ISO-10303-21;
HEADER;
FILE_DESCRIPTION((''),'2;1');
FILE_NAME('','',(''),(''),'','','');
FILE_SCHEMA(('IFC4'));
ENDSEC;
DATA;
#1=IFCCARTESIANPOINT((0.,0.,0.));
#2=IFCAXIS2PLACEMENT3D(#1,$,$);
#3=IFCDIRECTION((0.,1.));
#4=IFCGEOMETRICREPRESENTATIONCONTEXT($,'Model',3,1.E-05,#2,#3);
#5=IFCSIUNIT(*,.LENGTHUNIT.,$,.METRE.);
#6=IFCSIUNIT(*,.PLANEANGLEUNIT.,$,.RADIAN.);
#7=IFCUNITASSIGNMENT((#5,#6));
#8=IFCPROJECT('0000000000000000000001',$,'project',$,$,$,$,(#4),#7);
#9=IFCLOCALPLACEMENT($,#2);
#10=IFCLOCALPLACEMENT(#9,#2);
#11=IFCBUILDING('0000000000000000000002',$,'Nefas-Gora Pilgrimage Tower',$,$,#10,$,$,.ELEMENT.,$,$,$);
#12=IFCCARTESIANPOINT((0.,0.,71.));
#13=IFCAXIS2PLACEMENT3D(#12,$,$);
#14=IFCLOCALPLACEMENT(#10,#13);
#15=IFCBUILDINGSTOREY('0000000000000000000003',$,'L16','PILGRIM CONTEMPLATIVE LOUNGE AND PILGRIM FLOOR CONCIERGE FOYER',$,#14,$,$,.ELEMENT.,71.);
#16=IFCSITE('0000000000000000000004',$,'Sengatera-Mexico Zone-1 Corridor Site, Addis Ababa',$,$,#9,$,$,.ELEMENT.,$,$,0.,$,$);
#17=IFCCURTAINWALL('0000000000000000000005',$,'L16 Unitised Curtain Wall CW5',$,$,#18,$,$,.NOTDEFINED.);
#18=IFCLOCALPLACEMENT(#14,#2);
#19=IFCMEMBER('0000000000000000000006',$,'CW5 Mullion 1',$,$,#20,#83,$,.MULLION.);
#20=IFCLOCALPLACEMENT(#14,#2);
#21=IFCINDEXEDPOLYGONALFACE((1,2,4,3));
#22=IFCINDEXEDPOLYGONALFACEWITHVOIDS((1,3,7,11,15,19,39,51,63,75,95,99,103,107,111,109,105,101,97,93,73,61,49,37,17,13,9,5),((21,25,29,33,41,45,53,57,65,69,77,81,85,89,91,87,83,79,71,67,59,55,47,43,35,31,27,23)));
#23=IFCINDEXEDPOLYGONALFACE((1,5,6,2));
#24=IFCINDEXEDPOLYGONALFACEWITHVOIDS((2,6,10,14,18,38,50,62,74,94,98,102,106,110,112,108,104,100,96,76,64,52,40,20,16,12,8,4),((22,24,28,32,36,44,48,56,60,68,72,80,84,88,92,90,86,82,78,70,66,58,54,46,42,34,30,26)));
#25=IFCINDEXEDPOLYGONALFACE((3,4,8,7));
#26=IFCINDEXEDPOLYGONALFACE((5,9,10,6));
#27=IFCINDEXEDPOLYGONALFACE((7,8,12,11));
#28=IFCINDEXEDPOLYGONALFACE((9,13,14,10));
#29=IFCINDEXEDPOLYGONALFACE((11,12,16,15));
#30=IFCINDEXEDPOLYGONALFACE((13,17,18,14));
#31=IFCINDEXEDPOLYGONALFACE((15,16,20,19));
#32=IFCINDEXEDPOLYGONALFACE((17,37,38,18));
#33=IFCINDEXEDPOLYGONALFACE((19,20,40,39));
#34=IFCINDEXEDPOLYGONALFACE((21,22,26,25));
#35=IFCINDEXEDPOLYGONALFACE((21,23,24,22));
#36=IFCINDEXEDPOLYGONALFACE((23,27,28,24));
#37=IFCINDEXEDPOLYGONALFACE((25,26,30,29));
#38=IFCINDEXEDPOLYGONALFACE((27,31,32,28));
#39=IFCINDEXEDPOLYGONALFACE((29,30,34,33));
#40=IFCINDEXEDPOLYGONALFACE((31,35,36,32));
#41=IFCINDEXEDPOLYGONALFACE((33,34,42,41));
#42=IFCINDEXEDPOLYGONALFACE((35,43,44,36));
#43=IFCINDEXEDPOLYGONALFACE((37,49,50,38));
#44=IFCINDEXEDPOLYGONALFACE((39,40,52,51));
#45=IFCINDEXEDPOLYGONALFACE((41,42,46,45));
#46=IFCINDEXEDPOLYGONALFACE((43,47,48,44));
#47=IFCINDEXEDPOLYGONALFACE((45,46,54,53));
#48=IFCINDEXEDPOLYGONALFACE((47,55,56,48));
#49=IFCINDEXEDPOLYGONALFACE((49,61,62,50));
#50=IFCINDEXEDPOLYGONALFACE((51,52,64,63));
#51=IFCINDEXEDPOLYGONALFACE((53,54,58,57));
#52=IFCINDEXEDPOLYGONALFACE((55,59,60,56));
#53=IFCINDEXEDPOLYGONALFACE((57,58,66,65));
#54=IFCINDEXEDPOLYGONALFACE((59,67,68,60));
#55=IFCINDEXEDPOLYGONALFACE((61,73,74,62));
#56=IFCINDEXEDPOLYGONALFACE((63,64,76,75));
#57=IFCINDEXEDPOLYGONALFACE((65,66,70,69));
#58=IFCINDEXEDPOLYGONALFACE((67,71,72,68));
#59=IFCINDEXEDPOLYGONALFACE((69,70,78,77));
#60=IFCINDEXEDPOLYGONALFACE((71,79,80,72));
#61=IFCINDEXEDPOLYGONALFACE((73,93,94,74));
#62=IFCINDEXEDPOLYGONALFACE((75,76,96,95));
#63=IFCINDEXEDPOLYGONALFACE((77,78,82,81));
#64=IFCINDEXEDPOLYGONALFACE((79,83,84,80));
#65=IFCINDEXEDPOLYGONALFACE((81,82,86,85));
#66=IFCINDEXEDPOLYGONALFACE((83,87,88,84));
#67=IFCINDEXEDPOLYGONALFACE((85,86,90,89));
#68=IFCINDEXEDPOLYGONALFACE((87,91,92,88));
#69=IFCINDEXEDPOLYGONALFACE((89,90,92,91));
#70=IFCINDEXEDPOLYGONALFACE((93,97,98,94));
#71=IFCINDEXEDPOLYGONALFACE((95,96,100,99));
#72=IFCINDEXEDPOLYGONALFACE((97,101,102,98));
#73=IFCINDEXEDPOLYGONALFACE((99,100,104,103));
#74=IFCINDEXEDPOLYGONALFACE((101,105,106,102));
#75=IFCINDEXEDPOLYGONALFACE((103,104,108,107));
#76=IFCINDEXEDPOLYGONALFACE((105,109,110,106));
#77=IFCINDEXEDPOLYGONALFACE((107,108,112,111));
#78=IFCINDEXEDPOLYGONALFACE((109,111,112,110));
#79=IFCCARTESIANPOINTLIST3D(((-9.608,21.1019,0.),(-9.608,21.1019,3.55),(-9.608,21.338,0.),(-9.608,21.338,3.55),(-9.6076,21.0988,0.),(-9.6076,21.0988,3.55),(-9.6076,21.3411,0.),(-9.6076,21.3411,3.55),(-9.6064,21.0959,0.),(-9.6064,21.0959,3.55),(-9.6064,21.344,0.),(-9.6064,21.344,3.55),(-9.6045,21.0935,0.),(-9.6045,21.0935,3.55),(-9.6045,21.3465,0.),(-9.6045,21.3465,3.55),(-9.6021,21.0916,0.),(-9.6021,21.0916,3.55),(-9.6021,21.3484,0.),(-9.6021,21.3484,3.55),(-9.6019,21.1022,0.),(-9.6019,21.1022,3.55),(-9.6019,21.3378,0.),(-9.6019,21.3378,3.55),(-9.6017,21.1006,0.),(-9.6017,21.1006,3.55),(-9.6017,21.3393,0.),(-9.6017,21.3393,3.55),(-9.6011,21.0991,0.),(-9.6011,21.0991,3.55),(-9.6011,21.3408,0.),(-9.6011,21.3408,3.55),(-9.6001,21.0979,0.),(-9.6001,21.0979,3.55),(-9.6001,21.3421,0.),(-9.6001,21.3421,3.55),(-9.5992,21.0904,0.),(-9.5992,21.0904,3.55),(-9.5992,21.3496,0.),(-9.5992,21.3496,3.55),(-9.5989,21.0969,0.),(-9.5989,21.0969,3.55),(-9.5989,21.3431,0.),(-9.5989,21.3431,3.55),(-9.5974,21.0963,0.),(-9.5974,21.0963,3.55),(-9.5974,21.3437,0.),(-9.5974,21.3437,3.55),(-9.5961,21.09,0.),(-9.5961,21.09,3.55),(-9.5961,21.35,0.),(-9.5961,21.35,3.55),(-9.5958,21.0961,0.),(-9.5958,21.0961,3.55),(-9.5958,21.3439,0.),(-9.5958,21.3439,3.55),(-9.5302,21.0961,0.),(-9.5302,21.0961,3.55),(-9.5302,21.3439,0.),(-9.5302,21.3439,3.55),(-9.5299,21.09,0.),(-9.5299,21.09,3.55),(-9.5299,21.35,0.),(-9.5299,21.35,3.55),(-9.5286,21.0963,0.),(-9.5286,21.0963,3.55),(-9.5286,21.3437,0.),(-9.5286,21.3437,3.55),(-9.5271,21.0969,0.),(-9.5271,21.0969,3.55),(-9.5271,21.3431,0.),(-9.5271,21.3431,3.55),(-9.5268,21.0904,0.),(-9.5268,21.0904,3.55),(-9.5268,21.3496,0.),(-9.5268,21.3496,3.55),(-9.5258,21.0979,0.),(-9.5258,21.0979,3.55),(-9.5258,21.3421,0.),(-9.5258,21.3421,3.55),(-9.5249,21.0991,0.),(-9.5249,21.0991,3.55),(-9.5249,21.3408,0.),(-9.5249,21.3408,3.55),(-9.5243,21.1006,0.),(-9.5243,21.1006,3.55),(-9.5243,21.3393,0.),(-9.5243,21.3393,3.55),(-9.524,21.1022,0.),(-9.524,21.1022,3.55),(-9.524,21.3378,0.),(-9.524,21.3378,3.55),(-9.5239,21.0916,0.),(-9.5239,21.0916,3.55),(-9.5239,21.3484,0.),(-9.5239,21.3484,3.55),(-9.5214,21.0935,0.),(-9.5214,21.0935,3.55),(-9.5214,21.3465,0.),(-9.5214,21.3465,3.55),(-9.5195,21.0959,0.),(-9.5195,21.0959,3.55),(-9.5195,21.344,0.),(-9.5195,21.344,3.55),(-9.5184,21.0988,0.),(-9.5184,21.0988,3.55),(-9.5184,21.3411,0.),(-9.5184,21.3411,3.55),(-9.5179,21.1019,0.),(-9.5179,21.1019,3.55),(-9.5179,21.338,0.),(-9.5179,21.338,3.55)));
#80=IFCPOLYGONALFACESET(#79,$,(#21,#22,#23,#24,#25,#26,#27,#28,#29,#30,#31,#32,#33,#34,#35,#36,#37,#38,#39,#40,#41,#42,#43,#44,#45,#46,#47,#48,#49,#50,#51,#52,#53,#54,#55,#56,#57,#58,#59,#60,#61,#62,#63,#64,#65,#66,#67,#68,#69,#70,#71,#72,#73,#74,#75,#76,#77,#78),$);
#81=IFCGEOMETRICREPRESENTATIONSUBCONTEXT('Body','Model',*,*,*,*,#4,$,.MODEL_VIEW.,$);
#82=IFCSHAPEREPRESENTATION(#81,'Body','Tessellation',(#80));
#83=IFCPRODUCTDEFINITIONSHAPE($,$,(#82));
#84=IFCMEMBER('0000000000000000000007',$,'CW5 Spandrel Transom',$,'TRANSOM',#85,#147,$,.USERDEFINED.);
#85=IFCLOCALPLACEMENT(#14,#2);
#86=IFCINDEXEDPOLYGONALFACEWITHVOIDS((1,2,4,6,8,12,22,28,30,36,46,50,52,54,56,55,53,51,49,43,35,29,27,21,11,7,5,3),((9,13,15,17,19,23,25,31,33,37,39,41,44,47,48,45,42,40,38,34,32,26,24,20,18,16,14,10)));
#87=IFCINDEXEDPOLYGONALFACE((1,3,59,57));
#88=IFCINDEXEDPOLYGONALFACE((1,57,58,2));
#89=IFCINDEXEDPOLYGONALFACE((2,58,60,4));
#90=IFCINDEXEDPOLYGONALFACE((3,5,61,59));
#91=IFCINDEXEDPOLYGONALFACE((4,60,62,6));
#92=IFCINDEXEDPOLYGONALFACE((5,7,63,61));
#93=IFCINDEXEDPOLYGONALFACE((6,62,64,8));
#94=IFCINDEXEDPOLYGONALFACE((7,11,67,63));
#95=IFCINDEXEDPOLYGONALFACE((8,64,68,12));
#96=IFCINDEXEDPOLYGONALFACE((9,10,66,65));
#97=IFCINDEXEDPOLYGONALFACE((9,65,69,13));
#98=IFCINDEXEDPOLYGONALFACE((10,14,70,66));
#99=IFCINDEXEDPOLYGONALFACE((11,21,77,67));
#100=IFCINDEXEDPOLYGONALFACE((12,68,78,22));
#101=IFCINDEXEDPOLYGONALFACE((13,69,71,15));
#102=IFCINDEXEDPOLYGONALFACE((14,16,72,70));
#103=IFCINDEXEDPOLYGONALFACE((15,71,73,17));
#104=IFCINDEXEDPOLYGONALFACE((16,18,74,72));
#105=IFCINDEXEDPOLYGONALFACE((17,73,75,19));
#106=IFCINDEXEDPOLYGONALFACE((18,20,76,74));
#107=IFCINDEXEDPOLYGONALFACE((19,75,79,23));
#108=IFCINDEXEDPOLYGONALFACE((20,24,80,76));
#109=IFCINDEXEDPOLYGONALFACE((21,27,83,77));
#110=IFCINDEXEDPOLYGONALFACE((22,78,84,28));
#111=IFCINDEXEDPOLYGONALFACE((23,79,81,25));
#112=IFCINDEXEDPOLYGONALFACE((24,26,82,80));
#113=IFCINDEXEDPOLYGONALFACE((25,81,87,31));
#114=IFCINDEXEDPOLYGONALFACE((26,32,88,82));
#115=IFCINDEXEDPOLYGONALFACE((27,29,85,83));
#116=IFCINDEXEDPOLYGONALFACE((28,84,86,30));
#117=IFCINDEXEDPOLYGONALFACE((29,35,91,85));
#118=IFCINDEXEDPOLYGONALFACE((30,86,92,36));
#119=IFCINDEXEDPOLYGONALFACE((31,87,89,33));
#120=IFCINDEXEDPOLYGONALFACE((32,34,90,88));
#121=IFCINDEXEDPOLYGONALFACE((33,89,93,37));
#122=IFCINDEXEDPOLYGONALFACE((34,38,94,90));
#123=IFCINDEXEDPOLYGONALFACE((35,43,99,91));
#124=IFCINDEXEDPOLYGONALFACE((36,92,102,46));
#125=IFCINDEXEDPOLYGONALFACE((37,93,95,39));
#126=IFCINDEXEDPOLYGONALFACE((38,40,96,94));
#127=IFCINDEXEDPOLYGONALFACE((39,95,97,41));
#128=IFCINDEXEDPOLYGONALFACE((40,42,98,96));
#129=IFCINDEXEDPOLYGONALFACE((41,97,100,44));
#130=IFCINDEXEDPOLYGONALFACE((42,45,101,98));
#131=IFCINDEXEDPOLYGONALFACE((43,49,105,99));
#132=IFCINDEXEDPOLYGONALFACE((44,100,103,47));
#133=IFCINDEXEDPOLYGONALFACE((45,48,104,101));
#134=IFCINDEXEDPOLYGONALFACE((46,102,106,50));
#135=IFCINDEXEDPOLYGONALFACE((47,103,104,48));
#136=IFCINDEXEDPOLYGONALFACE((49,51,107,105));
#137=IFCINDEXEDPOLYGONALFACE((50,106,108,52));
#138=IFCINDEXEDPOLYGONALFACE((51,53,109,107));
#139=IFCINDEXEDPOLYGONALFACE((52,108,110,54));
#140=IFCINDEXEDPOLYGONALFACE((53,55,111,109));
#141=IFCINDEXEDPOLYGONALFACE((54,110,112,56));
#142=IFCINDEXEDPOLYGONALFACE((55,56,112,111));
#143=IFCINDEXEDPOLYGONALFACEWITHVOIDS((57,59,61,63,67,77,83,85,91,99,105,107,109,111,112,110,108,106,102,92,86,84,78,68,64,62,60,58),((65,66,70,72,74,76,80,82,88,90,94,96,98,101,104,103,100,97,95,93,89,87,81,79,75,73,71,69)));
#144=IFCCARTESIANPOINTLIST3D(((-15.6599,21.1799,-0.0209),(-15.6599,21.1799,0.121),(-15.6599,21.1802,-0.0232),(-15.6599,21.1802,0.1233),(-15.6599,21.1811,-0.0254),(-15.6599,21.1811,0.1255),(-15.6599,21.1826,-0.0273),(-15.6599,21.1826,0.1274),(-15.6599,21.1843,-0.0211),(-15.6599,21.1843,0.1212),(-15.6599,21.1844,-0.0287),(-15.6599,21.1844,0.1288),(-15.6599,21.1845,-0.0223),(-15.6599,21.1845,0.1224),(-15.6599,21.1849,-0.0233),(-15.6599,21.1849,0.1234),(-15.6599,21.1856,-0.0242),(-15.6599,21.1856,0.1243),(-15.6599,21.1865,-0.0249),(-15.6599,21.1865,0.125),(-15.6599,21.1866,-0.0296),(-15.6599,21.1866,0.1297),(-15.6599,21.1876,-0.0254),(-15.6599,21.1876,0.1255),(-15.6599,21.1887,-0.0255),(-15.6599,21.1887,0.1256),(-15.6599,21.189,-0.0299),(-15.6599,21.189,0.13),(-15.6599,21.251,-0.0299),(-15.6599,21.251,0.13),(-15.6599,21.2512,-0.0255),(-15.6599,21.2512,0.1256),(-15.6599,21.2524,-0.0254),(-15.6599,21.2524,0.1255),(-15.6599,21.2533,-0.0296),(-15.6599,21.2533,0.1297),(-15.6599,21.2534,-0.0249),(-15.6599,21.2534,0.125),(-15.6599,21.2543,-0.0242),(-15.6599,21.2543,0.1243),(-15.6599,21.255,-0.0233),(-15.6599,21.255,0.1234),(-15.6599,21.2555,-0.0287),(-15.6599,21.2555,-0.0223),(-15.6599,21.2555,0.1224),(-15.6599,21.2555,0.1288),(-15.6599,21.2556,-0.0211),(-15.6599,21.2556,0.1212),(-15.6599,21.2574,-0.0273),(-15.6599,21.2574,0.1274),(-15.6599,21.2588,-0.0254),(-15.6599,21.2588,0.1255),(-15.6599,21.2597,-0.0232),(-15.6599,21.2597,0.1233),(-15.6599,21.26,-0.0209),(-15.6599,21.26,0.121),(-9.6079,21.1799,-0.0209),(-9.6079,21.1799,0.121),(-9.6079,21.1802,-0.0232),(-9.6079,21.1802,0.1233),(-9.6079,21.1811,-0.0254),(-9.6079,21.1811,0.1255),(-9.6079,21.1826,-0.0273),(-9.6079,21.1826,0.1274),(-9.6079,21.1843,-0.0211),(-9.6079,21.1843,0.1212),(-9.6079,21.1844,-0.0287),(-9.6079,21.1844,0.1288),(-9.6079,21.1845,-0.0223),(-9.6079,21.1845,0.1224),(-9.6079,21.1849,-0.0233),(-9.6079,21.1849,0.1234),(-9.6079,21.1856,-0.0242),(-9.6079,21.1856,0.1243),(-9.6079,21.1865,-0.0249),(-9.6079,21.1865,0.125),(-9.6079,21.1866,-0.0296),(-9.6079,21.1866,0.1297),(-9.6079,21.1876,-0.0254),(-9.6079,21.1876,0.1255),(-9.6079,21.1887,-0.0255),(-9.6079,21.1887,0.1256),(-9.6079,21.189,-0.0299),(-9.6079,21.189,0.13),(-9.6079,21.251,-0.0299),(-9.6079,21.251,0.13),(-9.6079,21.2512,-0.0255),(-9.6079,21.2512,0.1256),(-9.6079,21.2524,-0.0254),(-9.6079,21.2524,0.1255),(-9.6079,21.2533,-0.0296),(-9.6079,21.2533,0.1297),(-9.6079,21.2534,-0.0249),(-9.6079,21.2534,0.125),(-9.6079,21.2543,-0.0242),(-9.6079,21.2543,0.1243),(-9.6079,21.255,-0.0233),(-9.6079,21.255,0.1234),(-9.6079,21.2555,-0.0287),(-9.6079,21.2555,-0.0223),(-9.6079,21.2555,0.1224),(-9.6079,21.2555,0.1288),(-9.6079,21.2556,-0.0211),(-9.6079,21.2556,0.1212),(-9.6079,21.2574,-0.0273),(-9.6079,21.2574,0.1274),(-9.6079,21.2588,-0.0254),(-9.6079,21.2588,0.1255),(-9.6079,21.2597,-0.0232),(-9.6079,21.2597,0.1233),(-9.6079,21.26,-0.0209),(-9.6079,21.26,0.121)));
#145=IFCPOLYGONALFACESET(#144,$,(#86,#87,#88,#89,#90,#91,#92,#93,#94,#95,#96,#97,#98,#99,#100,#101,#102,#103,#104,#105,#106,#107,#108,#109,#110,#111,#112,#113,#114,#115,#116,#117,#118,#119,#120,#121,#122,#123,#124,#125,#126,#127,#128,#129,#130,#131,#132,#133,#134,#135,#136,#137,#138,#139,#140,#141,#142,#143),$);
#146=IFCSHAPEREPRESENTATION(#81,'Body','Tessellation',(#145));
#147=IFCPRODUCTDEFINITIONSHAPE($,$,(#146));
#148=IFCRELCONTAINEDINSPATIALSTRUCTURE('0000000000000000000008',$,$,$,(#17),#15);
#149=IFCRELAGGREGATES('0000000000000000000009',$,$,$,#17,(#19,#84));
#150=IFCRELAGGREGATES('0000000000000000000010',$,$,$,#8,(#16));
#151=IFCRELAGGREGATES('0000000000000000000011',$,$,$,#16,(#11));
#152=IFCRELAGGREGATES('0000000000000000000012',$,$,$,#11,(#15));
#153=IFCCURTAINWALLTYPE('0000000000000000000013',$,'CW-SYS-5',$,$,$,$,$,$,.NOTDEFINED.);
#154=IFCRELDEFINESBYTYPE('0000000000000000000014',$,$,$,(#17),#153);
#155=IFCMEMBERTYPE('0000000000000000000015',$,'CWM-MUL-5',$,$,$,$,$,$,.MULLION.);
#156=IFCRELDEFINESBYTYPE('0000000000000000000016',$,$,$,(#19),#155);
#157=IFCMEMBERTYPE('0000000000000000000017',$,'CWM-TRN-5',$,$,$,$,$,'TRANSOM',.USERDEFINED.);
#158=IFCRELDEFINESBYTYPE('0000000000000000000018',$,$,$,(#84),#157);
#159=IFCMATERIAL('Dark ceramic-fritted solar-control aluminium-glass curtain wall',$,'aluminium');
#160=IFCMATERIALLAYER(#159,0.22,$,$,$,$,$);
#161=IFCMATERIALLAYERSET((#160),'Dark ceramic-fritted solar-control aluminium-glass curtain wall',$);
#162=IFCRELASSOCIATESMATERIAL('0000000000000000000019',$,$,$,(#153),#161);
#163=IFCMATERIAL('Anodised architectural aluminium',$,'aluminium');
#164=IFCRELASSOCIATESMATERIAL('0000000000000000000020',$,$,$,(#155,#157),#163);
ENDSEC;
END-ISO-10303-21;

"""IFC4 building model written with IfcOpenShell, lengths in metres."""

from ifc_helpers import new_model, si_unit, direction, frame, origin, origin_2d, place, context, subcontext, project, spatial, hollow_rectangle, extrude, source, transform, mapped, material, layer, layer_set, material_profile, profile_set, type_object, element, aggregate, save


model = new_model("IFC4")

# Units and contexts
model_context = context("Model", 3, precision=1e-05, world=origin(), true_north=direction((0.0, 1.0)))
body_context = subcontext(model_context, "Body", "Model", "MODEL_VIEW")
ifc_project = project(units=[si_unit("LENGTHUNIT", "METRE"), si_unit("PLANEANGLEUNIT", "RADIAN")], contexts=[model_context])

# Site, building, storey
site_placement = place(None, origin())
site = spatial("IfcSite", under=ifc_project, at=site_placement, Name="Sengatera-Mexico Zone-1 Corridor Site, Addis Ababa", CompositionType="ELEMENT", RefElevation=0.0)
building_placement = place(site_placement, origin())
building = spatial("IfcBuilding", under=site, at=building_placement, Name="Nefas-Gora Pilgrimage Tower", CompositionType="ELEMENT")
storey_placement = place(building_placement, frame((0.0, 0.0, 71.0)))
storey = spatial("IfcBuildingStorey", under=building, at=storey_placement, Name="L16", Description="PILGRIM CONTEMPLATIVE LOUNGE AND PILGRIM FLOOR CONCIERGE FOYER", CompositionType="ELEMENT", Elevation=71.0)

# Shared definitions
ifc_material_1 = material(Name="Dark ceramic-fritted solar-control aluminium-glass curtain wall", Category="aluminium")
ifc_layer_1 = layer(ifc_material_1, 0.22)
ifc_layer_set_1 = layer_set([ifc_layer_1], Name="Dark ceramic-fritted solar-control aluminium-glass curtain wall")
curtain_wall_type = type_object("IfcCurtainWallType", Name="CW-SYS-5", PredefinedType="NOTDEFINED", material=ifc_layer_set_1)
ifc_material_2 = material(Name="Anodised architectural aluminium", Category="aluminium")
ifc_material_profile_1 = material_profile(ifc_material_2, hollow_rectangle(XDim=0.0901, YDim=0.26, WallThickness=0.0061, InnerFilletRadius=0.0061, OuterFilletRadius=0.012, at=origin_2d()), Name="ALU MULLION 90x260")
ifc_profile_set_1 = profile_set([ifc_material_profile_1], Name="Anodised architectural aluminium")
member_type_1 = type_object("IfcMemberType", Name="CWM-MUL-5", PredefinedType="MULLION", material=ifc_profile_set_1)
shared_shape_1 = source(origin(), body_context, "Body", "SweptSolid", [
    extrude(hollow_rectangle(XDim=0.0901, YDim=0.26, WallThickness=0.0061, InnerFilletRadius=0.0061, OuterFilletRadius=0.012, at=origin_2d()), origin(), (0.0, 0.0, 1.0), 3.55),
])

# Curtain wall, members
curtain_wall_1_placement = place(storey_placement, origin())
curtain_wall_1 = element("IfcCurtainWall", 1, at=curtain_wall_1_placement, inside=storey, type_object=curtain_wall_type, Name="L16 Unitised Curtain Wall CW5", PredefinedType="NOTDEFINED")
member_1_placement = place(storey_placement, frame((-9.563, 21.22, 0.0), z_axis=(0.0, 0.0, 1.0), x_axis=(-1.0, 0.0, 0.0)))
member_1 = element("IfcMember", 2, at=member_1_placement, type_object=member_type_1, Name="CW5 Mullion 1", PredefinedType="MULLION", context=body_context, shape_type="MappedRepresentation", body=[
    mapped(shared_shape_1, transform((0.0, 0.0, 0.0), x_axis=(1.0, 0.0, 0.0), y_axis=(0.0, 1.0, 0.0), z_axis=(0.0, 0.0, 1.0), scale=1.0)),
])
ifc_material_profile_2 = material_profile(ifc_material_2, hollow_rectangle(XDim=0.0801, YDim=0.1599, WallThickness=0.0044, InnerFilletRadius=0.0044, OuterFilletRadius=0.009, at=origin_2d()), Name="ALU TRANSOM 80x160")
ifc_profile_set_2 = profile_set([ifc_material_profile_2], Name="Anodised architectural aluminium")
member_type_2 = type_object("IfcMemberType", Name="CWM-TRN-5", ElementType="TRANSOM", PredefinedType="USERDEFINED", material=ifc_profile_set_2)
shared_shape_2 = source(origin(), body_context, "Body", "SweptSolid", [
    extrude(hollow_rectangle(XDim=0.0801, YDim=0.1599, WallThickness=0.0044, InnerFilletRadius=0.0044, OuterFilletRadius=0.009, at=origin_2d()), origin(), (0.0, 0.0, 1.0), 6.052),
])
member_2_placement = place(storey_placement, frame((-9.6079, 21.22, 0.05), z_axis=(-1.0, 0.0, 0.0), x_axis=(0.0, -1.0, 0.0)))
member_2 = element("IfcMember", 3, at=member_2_placement, type_object=member_type_2, Name="CW5 Spandrel Transom", ObjectType="TRANSOM", PredefinedType="USERDEFINED", context=body_context, shape_type="MappedRepresentation", body=[
    mapped(shared_shape_2, transform((0.0, 0.0, 0.0), x_axis=(1.0, 0.0, 0.0), y_axis=(0.0, 1.0, 0.0), z_axis=(0.0, 0.0, 1.0), scale=1.0)),
])
aggregate(curtain_wall_1, [member_1, member_2])

save(model, "model.ifc")
